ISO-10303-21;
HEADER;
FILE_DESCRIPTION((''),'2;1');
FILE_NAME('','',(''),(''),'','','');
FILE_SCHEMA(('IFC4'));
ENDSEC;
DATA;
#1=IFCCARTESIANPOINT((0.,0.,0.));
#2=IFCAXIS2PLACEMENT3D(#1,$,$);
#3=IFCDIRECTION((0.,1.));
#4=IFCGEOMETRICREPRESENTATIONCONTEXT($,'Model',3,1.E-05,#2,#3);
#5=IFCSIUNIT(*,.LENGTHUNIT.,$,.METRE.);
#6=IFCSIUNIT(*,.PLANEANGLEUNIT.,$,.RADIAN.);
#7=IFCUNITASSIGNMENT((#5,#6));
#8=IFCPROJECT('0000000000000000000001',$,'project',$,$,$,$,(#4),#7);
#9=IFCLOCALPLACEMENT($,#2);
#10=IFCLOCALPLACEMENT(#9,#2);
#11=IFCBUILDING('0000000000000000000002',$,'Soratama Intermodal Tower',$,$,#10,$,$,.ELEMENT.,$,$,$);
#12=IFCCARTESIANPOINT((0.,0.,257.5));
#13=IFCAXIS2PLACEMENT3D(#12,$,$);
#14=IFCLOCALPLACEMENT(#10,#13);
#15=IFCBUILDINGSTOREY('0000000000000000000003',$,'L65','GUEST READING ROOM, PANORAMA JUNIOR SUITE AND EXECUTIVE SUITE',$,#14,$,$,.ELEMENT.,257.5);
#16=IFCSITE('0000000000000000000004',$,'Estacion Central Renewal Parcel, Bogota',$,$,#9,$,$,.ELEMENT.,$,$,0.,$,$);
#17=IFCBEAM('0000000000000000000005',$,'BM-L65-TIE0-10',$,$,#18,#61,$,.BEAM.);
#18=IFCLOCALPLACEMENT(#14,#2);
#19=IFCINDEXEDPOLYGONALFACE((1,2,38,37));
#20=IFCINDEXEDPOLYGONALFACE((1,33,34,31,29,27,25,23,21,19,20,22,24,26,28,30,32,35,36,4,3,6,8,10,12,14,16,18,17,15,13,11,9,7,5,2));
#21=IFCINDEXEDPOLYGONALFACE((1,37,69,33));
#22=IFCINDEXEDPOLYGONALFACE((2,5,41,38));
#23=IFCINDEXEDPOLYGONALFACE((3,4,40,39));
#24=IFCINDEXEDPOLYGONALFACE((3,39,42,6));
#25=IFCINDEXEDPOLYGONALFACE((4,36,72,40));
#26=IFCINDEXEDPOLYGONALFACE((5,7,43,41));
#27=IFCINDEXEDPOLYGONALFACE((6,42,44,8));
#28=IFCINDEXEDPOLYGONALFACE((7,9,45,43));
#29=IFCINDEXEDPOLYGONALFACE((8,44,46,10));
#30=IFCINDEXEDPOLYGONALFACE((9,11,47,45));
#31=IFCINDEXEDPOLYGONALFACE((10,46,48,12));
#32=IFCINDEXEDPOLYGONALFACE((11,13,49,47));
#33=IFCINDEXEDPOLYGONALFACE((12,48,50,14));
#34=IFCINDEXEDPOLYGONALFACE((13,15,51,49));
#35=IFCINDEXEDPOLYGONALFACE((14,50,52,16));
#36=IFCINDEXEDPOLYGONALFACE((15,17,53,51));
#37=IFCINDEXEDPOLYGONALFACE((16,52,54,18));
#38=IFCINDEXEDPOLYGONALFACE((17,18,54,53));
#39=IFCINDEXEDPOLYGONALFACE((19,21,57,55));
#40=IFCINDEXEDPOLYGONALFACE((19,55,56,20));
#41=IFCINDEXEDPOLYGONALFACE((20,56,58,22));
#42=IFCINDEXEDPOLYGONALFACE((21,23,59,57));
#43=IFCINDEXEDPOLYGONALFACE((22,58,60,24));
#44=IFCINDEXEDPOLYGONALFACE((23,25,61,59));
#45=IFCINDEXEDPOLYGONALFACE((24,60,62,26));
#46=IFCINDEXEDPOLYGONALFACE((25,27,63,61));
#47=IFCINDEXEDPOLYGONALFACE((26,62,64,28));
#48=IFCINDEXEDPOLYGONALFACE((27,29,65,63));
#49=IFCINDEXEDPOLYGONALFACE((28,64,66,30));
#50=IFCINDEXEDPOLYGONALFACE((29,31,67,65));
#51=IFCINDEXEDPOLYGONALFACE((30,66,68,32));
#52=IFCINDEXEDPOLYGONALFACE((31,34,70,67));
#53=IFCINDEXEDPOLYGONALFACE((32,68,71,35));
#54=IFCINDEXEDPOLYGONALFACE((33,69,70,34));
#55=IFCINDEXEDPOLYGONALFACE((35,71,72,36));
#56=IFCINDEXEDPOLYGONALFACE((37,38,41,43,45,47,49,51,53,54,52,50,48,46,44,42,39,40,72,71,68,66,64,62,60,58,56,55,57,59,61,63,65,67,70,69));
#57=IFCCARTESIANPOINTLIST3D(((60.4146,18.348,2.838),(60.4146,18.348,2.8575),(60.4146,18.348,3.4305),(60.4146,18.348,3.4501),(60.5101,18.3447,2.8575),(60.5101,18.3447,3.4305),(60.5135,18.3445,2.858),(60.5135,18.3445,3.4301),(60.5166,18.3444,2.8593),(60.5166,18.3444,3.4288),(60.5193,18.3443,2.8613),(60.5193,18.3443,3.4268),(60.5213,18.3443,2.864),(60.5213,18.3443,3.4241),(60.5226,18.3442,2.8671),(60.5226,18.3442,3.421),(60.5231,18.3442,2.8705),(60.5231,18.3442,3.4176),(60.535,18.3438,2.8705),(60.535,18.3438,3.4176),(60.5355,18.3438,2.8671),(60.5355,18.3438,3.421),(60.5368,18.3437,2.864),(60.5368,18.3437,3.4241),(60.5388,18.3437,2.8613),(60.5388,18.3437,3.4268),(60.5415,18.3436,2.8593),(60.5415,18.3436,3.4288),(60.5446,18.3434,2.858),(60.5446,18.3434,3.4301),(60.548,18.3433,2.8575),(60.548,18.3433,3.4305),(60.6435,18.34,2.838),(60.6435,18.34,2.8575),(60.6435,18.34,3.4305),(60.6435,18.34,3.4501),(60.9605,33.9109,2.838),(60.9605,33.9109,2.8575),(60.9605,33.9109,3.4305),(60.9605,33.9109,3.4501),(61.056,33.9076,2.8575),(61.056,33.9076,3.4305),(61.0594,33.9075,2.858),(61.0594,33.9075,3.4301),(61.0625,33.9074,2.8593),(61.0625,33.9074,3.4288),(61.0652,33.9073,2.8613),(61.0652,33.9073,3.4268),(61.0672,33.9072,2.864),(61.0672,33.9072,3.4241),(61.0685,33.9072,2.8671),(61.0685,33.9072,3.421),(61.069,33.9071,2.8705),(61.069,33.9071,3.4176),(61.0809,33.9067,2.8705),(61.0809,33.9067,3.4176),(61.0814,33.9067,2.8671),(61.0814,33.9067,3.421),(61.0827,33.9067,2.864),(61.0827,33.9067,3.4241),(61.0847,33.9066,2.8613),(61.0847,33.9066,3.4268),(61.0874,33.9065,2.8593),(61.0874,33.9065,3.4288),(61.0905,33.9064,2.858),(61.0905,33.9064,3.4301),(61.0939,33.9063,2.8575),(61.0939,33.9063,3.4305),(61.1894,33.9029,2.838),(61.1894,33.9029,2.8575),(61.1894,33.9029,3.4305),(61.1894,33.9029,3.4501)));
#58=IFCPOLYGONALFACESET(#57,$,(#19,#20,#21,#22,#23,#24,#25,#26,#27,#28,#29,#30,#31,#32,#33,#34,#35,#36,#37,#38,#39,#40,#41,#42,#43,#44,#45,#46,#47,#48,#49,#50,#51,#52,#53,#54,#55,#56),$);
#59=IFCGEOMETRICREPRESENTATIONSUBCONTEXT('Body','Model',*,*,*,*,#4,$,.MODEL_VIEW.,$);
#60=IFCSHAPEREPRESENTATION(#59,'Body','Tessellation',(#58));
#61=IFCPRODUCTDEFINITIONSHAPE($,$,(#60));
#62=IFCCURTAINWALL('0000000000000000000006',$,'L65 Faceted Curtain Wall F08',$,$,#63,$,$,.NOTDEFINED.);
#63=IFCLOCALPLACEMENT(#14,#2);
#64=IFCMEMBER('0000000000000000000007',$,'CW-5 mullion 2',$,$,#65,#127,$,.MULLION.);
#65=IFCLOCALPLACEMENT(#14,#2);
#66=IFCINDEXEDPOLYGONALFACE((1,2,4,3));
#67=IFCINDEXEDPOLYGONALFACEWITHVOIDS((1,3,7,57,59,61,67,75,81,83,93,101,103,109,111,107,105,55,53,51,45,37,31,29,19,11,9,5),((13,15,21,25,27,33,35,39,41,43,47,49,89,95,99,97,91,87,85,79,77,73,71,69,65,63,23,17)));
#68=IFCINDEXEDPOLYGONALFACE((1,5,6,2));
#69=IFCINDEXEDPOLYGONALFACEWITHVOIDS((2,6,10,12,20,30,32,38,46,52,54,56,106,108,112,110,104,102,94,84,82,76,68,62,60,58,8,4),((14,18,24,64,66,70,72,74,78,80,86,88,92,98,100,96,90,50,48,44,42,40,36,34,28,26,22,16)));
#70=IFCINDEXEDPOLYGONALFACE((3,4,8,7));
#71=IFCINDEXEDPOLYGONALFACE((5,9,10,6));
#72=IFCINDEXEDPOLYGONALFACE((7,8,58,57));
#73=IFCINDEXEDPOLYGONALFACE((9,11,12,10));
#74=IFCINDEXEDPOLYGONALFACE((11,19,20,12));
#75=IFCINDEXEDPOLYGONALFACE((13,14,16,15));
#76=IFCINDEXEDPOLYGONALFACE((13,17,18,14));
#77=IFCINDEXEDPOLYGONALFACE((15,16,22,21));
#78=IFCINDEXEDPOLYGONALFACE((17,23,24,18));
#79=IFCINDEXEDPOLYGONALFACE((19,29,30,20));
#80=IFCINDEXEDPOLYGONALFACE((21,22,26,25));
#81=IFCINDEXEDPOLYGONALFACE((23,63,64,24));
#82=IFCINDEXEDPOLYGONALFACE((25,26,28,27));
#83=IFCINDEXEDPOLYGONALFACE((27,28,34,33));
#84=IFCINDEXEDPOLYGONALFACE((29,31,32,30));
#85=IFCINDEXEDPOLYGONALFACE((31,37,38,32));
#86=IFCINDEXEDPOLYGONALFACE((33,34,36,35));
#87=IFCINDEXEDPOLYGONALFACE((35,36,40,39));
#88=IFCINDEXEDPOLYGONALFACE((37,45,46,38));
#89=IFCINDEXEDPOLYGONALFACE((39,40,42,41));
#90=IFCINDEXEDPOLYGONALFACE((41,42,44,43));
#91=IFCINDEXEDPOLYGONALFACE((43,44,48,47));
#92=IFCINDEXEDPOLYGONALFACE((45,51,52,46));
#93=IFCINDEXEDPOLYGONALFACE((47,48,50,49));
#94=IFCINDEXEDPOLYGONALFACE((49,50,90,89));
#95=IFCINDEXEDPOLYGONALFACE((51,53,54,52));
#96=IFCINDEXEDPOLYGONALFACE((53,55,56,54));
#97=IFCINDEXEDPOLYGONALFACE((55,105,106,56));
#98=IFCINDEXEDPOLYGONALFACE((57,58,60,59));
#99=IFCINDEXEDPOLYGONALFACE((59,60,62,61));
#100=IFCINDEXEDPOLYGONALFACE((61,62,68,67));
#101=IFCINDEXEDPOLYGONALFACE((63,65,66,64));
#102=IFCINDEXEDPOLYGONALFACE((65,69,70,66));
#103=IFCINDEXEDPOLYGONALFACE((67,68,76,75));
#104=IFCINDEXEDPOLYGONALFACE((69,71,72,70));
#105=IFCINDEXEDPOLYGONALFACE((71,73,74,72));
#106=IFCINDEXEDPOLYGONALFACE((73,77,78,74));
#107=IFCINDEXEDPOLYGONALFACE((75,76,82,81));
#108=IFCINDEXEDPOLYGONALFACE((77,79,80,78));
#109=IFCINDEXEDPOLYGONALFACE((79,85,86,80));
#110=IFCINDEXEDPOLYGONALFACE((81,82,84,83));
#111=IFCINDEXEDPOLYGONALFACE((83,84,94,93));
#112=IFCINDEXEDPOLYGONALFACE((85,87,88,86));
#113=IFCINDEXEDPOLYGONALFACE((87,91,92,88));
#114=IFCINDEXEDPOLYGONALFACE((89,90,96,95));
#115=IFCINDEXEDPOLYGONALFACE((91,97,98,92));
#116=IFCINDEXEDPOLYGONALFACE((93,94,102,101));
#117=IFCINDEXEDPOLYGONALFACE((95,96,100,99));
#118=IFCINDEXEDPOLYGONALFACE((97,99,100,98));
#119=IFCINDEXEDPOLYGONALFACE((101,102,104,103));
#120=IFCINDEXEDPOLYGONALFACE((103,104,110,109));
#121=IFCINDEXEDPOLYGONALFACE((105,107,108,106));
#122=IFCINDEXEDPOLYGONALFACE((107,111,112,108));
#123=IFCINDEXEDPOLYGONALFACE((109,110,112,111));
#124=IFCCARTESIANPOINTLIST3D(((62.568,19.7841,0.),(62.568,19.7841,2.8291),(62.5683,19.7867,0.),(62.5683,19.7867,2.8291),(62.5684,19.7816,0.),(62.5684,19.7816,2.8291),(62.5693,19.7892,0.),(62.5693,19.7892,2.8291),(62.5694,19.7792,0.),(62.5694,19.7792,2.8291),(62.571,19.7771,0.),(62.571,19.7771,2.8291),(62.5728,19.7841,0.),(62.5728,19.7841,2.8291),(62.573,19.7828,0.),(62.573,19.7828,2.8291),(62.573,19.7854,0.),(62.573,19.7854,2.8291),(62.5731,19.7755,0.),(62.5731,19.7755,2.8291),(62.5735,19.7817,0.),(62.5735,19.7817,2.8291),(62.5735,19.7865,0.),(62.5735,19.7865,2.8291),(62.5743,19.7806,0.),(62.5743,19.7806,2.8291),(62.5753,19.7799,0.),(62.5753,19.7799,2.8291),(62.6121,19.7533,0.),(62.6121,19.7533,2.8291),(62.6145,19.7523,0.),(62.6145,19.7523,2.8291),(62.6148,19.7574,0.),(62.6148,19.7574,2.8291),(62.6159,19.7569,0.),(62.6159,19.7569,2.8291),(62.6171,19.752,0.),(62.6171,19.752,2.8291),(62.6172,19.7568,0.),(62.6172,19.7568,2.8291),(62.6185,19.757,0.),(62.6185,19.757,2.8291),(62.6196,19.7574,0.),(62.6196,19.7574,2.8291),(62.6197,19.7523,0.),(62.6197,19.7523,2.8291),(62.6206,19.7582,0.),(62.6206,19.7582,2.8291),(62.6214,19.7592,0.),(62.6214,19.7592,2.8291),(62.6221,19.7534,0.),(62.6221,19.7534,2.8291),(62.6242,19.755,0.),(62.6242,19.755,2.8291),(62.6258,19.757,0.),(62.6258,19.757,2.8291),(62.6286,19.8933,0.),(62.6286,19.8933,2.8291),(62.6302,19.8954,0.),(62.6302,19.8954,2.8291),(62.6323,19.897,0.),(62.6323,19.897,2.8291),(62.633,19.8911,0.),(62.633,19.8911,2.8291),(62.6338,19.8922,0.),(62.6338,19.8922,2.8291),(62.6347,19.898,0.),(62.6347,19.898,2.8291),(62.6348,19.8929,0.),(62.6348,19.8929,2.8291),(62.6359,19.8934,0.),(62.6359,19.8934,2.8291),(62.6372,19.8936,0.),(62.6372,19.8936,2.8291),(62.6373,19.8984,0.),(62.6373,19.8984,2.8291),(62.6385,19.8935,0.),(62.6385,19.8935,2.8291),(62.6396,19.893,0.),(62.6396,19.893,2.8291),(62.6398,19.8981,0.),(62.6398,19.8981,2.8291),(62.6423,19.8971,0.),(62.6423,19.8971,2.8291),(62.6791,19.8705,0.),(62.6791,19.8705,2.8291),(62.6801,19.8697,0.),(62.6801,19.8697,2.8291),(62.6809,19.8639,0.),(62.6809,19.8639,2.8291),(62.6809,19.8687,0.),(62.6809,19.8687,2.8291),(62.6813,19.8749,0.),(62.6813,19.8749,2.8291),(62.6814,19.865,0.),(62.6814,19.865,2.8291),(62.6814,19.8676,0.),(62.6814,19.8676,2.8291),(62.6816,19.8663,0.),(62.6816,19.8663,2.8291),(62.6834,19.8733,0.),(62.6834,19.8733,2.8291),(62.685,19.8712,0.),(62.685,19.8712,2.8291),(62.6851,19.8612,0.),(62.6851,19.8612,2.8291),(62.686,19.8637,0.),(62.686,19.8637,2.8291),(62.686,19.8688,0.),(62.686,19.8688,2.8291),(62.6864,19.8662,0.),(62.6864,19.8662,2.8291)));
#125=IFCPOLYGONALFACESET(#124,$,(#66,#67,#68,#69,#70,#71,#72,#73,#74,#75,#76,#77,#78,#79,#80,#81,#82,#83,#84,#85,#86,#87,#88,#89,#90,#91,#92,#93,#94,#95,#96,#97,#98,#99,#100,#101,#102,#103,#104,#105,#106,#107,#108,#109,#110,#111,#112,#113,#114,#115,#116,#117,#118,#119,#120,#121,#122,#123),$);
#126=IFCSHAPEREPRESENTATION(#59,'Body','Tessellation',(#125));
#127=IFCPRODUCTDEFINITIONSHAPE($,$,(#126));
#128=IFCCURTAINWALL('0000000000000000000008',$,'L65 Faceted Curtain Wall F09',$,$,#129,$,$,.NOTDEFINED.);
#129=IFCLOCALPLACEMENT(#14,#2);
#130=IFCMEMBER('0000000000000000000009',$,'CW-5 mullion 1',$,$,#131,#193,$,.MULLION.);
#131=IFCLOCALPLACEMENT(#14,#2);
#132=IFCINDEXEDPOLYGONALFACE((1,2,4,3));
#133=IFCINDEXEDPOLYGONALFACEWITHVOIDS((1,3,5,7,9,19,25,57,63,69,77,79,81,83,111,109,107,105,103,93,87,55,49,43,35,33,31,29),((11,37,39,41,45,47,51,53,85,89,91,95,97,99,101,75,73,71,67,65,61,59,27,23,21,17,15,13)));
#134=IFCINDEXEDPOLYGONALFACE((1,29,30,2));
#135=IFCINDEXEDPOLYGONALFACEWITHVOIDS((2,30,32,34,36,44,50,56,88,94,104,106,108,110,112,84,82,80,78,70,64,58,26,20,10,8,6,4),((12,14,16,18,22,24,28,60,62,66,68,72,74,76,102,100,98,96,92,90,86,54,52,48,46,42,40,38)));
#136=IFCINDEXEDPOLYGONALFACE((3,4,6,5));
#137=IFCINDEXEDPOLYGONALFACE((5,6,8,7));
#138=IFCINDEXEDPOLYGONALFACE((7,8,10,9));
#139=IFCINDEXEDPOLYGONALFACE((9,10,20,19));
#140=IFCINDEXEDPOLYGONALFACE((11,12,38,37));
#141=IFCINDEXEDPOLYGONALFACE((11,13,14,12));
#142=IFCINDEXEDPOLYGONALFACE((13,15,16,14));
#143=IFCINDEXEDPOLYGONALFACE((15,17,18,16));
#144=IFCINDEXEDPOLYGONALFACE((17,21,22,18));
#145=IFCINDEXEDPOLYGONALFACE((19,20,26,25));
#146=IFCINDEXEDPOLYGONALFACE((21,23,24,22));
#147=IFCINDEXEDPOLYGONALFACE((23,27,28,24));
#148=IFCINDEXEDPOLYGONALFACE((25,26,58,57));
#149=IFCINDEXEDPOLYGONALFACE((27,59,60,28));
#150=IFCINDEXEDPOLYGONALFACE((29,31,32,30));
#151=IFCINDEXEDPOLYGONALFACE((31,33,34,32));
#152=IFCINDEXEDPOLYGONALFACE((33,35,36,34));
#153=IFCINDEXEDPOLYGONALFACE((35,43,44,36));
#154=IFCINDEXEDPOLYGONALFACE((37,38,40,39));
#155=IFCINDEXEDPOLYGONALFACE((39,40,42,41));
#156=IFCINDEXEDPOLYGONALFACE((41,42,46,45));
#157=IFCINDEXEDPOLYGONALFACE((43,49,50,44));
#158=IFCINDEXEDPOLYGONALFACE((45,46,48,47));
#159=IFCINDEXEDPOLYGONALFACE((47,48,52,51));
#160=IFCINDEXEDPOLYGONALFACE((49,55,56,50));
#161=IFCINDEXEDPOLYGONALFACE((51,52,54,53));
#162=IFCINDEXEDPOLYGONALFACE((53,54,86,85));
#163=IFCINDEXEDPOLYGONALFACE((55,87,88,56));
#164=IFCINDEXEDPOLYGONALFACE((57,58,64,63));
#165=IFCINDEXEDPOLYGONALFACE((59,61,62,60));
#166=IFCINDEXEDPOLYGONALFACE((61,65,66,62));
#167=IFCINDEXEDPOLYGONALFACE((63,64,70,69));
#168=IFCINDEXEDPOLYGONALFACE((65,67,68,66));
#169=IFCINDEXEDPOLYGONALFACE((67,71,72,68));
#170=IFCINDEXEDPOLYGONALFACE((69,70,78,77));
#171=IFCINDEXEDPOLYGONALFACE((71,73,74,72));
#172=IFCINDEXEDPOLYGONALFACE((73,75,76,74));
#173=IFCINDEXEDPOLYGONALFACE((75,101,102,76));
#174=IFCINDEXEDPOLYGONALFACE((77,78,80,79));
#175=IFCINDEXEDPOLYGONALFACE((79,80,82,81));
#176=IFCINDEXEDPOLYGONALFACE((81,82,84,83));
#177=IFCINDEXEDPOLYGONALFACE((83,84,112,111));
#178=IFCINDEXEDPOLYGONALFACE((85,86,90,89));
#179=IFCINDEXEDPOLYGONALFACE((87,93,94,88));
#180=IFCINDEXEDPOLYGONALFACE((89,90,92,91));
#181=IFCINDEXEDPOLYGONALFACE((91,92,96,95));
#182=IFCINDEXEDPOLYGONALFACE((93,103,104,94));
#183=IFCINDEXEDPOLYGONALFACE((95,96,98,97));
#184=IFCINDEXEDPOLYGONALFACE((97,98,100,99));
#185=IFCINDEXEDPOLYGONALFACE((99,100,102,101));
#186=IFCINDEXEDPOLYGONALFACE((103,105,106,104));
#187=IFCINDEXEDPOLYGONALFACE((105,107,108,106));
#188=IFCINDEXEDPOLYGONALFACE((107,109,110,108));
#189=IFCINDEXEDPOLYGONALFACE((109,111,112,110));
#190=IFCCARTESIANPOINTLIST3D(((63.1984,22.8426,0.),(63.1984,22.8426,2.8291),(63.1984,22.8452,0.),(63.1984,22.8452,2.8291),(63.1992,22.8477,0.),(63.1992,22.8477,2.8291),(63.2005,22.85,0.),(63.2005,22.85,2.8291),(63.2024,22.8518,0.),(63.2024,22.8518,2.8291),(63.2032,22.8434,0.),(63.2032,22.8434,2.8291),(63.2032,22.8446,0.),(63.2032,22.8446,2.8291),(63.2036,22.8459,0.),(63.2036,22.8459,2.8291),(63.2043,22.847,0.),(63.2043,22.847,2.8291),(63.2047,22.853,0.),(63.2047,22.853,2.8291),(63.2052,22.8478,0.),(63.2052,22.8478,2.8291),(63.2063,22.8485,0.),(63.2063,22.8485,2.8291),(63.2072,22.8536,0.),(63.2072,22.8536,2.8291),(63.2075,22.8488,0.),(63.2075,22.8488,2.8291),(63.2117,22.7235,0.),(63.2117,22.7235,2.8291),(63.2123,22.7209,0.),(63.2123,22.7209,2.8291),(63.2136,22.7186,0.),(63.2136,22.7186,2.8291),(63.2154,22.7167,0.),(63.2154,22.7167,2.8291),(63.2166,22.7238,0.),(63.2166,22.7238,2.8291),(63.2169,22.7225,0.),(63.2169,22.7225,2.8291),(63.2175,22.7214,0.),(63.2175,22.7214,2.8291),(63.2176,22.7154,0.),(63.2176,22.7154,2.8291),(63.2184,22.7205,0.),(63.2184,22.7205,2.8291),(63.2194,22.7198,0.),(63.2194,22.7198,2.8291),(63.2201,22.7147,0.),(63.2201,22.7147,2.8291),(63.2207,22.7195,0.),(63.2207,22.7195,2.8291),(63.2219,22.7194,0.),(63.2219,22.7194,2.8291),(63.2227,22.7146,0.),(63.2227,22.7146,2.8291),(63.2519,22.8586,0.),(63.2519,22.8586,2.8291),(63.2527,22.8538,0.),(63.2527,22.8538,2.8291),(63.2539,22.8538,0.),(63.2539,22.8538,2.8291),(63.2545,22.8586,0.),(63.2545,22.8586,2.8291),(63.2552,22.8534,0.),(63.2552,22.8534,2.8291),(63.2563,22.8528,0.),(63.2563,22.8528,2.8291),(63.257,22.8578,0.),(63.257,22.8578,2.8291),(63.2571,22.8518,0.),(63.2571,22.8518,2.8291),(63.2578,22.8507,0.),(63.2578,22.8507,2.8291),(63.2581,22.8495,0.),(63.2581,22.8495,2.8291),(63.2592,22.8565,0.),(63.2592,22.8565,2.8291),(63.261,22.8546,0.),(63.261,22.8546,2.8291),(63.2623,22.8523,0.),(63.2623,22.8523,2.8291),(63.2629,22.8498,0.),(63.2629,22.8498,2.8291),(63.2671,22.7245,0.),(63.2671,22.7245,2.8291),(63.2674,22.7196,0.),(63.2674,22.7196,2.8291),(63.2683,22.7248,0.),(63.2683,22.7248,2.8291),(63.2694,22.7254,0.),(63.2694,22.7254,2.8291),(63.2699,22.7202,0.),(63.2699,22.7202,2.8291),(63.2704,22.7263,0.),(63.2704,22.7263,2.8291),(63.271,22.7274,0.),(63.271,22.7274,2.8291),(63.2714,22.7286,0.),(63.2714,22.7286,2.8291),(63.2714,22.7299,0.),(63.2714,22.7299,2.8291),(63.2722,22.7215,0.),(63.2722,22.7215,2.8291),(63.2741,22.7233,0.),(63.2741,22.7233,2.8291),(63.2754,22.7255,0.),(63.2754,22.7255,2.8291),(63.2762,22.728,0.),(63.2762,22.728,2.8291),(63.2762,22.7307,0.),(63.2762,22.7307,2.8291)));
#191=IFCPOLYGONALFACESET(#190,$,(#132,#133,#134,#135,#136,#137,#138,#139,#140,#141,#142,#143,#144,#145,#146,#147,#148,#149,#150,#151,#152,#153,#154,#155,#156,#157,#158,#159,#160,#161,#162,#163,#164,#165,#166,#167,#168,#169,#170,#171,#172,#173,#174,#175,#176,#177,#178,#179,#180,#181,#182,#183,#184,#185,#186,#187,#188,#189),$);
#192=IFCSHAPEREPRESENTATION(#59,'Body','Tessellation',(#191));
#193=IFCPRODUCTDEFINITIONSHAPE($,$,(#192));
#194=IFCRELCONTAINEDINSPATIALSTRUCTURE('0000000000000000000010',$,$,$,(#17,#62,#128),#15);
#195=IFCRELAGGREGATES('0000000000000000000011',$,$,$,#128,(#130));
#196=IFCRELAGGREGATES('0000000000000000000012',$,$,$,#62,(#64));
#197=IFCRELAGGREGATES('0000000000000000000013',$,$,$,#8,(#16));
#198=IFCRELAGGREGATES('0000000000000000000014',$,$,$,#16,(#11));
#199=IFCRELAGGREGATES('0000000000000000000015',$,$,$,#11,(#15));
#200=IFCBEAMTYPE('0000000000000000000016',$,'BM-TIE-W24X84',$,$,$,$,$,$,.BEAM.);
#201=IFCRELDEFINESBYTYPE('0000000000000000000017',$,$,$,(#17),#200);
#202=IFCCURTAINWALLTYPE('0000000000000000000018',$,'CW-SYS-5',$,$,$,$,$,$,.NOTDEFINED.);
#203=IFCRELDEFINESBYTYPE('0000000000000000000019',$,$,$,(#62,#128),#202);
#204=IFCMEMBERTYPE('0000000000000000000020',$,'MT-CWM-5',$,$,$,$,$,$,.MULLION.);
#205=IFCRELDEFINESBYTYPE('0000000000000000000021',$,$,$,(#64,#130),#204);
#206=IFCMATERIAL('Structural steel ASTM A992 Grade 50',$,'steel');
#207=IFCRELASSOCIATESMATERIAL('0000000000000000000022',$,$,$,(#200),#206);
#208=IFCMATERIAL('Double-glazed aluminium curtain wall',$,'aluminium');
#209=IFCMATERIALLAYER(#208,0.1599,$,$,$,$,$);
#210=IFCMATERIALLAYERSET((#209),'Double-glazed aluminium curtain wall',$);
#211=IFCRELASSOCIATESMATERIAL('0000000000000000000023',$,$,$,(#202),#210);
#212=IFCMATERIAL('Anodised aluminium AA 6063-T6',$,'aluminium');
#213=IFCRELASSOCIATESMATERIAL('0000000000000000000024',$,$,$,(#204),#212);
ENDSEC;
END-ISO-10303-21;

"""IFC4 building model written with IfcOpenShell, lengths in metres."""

from ifc_helpers import new_model, si_unit, direction, frame, origin, origin_2d, place, context, subcontext, project, spatial, hollow_rectangle, i_section, extrude, material, layer, layer_set, material_profile, profile_set, type_object, element, aggregate, save


model = new_model("IFC4")

# Units and contexts
model_context = context("Model", 3, precision=1e-05, world=origin(), true_north=direction((0.0, 1.0)))
body_context = subcontext(model_context, "Body", "Model", "MODEL_VIEW")
ifc_project = project(units=[si_unit("LENGTHUNIT", "METRE"), si_unit("PLANEANGLEUNIT", "RADIAN")], contexts=[model_context])

# Site, building, storey
site_placement = place(None, origin())
site = spatial("IfcSite", under=ifc_project, at=site_placement, Name="Estacion Central Renewal Parcel, Bogota", CompositionType="ELEMENT", RefElevation=0.0)
building_placement = place(site_placement, origin())
building = spatial("IfcBuilding", under=site, at=building_placement, Name="Soratama Intermodal Tower", CompositionType="ELEMENT")
storey_placement = place(building_placement, frame((0.0, 0.0, 257.5)))
storey = spatial("IfcBuildingStorey", under=building, at=storey_placement, Name="L65", Description="GUEST READING ROOM, PANORAMA JUNIOR SUITE AND EXECUTIVE SUITE", CompositionType="ELEMENT", Elevation=257.5)

# Beam
ifc_material_1 = material(Name="Structural steel ASTM A992 Grade 50", Category="steel")
ifc_material_profile_1 = material_profile(ifc_material_1, i_section(OverallWidth=0.229, OverallDepth=0.6121, WebThickness=0.012, FlangeThickness=0.0195, FilletRadius=0.0129, at=origin_2d()), Name="W24X84")
ifc_profile_set_1 = profile_set([ifc_material_profile_1], Name="Structural steel ASTM A992 Grade 50")
beam_type_1 = type_object("IfcBeamType", Name="BM-TIE-W24X84", PredefinedType="BEAM", material=ifc_profile_set_1)
beam_1_placement = place(storey_placement, frame((60.5291, 18.344, 3.144), z_axis=(0.035055, 0.999385, 0.0), x_axis=(-0.999385, 0.035055, 0.0)))
element("IfcBeam", 1, at=beam_1_placement, inside=storey, type_object=beam_type_1, Name="BM-L65-TIE0-10", PredefinedType="BEAM", context=body_context, shape_type="SweptSolid", body=[
    extrude(i_section(OverallWidth=0.229, OverallDepth=0.6121, WebThickness=0.012, FlangeThickness=0.0195, FilletRadius=0.0129, at=origin_2d()), origin(), (0.0, 0.0, 1.0), 15.5725),
])

# Curtain wall, member
ifc_material_2 = material(Name="Double-glazed aluminium curtain wall", Category="aluminium")
ifc_layer_1 = layer(ifc_material_2, 0.1599)
ifc_layer_set_1 = layer_set([ifc_layer_1], Name="Double-glazed aluminium curtain wall")
curtain_wall_type = type_object("IfcCurtainWallType", Name="CW-SYS-5", PredefinedType="NOTDEFINED", material=ifc_layer_set_1)
curtain_wall_1_placement = place(storey_placement, origin())
curtain_wall_1 = element("IfcCurtainWall", 2, at=curtain_wall_1_placement, inside=storey, type_object=curtain_wall_type, Name="L65 Faceted Curtain Wall F08", PredefinedType="NOTDEFINED")
ifc_material_3 = material(Name="Anodised aluminium AA 6063-T6", Category="aluminium")
ifc_material_profile_2 = material_profile(ifc_material_3, hollow_rectangle(XDim=0.0649, YDim=0.1399, WallThickness=0.0049, InnerFilletRadius=0.0049, OuterFilletRadius=0.01, at=origin_2d()), Name="CWM140X65X5")
ifc_profile_set_2 = profile_set([ifc_material_profile_2], Name="Anodised aluminium AA 6063-T6")
member_type_1 = type_object("IfcMemberType", Name="MT-CWM-5", PredefinedType="MULLION", material=ifc_profile_set_2)
member_1_placement = place(storey_placement, frame((62.6272, 19.8252, 0.0), z_axis=(0.0, 0.0, 1.0), x_axis=(-0.869148, 0.494552, 0.0)))
member_1 = element("IfcMember", 3, at=member_1_placement, type_object=member_type_1, Name="CW-5 mullion 2", PredefinedType="MULLION", context=body_context, shape_type="SweptSolid", body=[
    extrude(hollow_rectangle(XDim=0.0649, YDim=0.1399, WallThickness=0.0049, InnerFilletRadius=0.0049, OuterFilletRadius=0.01, at=origin_2d()), origin(), (0.0, 0.0, 1.0), 2.8291),
])

# Curtain wall, member
curtain_wall_2_placement = place(storey_placement, origin())
curtain_wall_2 = element("IfcCurtainWall", 4, at=curtain_wall_2_placement, inside=storey, type_object=curtain_wall_type, Name="L65 Faceted Curtain Wall F09", PredefinedType="NOTDEFINED")
member_2_placement = place(storey_placement, frame((63.2373, 22.7866, 0.0), z_axis=(0.0, 0.0, 1.0), x_axis=(-0.993845, -0.110779, 0.0)))
member_2 = element("IfcMember", 5, at=member_2_placement, type_object=member_type_1, Name="CW-5 mullion 1", PredefinedType="MULLION", context=body_context, shape_type="SweptSolid", body=[
    extrude(hollow_rectangle(XDim=0.0649, YDim=0.1399, WallThickness=0.0049, InnerFilletRadius=0.0049, OuterFilletRadius=0.01, at=origin_2d()), origin(), (0.0, 0.0, 1.0), 2.8291),
])
aggregate(curtain_wall_2, [member_2])

aggregate(curtain_wall_1, [member_1])

save(model, "model.ifc")
